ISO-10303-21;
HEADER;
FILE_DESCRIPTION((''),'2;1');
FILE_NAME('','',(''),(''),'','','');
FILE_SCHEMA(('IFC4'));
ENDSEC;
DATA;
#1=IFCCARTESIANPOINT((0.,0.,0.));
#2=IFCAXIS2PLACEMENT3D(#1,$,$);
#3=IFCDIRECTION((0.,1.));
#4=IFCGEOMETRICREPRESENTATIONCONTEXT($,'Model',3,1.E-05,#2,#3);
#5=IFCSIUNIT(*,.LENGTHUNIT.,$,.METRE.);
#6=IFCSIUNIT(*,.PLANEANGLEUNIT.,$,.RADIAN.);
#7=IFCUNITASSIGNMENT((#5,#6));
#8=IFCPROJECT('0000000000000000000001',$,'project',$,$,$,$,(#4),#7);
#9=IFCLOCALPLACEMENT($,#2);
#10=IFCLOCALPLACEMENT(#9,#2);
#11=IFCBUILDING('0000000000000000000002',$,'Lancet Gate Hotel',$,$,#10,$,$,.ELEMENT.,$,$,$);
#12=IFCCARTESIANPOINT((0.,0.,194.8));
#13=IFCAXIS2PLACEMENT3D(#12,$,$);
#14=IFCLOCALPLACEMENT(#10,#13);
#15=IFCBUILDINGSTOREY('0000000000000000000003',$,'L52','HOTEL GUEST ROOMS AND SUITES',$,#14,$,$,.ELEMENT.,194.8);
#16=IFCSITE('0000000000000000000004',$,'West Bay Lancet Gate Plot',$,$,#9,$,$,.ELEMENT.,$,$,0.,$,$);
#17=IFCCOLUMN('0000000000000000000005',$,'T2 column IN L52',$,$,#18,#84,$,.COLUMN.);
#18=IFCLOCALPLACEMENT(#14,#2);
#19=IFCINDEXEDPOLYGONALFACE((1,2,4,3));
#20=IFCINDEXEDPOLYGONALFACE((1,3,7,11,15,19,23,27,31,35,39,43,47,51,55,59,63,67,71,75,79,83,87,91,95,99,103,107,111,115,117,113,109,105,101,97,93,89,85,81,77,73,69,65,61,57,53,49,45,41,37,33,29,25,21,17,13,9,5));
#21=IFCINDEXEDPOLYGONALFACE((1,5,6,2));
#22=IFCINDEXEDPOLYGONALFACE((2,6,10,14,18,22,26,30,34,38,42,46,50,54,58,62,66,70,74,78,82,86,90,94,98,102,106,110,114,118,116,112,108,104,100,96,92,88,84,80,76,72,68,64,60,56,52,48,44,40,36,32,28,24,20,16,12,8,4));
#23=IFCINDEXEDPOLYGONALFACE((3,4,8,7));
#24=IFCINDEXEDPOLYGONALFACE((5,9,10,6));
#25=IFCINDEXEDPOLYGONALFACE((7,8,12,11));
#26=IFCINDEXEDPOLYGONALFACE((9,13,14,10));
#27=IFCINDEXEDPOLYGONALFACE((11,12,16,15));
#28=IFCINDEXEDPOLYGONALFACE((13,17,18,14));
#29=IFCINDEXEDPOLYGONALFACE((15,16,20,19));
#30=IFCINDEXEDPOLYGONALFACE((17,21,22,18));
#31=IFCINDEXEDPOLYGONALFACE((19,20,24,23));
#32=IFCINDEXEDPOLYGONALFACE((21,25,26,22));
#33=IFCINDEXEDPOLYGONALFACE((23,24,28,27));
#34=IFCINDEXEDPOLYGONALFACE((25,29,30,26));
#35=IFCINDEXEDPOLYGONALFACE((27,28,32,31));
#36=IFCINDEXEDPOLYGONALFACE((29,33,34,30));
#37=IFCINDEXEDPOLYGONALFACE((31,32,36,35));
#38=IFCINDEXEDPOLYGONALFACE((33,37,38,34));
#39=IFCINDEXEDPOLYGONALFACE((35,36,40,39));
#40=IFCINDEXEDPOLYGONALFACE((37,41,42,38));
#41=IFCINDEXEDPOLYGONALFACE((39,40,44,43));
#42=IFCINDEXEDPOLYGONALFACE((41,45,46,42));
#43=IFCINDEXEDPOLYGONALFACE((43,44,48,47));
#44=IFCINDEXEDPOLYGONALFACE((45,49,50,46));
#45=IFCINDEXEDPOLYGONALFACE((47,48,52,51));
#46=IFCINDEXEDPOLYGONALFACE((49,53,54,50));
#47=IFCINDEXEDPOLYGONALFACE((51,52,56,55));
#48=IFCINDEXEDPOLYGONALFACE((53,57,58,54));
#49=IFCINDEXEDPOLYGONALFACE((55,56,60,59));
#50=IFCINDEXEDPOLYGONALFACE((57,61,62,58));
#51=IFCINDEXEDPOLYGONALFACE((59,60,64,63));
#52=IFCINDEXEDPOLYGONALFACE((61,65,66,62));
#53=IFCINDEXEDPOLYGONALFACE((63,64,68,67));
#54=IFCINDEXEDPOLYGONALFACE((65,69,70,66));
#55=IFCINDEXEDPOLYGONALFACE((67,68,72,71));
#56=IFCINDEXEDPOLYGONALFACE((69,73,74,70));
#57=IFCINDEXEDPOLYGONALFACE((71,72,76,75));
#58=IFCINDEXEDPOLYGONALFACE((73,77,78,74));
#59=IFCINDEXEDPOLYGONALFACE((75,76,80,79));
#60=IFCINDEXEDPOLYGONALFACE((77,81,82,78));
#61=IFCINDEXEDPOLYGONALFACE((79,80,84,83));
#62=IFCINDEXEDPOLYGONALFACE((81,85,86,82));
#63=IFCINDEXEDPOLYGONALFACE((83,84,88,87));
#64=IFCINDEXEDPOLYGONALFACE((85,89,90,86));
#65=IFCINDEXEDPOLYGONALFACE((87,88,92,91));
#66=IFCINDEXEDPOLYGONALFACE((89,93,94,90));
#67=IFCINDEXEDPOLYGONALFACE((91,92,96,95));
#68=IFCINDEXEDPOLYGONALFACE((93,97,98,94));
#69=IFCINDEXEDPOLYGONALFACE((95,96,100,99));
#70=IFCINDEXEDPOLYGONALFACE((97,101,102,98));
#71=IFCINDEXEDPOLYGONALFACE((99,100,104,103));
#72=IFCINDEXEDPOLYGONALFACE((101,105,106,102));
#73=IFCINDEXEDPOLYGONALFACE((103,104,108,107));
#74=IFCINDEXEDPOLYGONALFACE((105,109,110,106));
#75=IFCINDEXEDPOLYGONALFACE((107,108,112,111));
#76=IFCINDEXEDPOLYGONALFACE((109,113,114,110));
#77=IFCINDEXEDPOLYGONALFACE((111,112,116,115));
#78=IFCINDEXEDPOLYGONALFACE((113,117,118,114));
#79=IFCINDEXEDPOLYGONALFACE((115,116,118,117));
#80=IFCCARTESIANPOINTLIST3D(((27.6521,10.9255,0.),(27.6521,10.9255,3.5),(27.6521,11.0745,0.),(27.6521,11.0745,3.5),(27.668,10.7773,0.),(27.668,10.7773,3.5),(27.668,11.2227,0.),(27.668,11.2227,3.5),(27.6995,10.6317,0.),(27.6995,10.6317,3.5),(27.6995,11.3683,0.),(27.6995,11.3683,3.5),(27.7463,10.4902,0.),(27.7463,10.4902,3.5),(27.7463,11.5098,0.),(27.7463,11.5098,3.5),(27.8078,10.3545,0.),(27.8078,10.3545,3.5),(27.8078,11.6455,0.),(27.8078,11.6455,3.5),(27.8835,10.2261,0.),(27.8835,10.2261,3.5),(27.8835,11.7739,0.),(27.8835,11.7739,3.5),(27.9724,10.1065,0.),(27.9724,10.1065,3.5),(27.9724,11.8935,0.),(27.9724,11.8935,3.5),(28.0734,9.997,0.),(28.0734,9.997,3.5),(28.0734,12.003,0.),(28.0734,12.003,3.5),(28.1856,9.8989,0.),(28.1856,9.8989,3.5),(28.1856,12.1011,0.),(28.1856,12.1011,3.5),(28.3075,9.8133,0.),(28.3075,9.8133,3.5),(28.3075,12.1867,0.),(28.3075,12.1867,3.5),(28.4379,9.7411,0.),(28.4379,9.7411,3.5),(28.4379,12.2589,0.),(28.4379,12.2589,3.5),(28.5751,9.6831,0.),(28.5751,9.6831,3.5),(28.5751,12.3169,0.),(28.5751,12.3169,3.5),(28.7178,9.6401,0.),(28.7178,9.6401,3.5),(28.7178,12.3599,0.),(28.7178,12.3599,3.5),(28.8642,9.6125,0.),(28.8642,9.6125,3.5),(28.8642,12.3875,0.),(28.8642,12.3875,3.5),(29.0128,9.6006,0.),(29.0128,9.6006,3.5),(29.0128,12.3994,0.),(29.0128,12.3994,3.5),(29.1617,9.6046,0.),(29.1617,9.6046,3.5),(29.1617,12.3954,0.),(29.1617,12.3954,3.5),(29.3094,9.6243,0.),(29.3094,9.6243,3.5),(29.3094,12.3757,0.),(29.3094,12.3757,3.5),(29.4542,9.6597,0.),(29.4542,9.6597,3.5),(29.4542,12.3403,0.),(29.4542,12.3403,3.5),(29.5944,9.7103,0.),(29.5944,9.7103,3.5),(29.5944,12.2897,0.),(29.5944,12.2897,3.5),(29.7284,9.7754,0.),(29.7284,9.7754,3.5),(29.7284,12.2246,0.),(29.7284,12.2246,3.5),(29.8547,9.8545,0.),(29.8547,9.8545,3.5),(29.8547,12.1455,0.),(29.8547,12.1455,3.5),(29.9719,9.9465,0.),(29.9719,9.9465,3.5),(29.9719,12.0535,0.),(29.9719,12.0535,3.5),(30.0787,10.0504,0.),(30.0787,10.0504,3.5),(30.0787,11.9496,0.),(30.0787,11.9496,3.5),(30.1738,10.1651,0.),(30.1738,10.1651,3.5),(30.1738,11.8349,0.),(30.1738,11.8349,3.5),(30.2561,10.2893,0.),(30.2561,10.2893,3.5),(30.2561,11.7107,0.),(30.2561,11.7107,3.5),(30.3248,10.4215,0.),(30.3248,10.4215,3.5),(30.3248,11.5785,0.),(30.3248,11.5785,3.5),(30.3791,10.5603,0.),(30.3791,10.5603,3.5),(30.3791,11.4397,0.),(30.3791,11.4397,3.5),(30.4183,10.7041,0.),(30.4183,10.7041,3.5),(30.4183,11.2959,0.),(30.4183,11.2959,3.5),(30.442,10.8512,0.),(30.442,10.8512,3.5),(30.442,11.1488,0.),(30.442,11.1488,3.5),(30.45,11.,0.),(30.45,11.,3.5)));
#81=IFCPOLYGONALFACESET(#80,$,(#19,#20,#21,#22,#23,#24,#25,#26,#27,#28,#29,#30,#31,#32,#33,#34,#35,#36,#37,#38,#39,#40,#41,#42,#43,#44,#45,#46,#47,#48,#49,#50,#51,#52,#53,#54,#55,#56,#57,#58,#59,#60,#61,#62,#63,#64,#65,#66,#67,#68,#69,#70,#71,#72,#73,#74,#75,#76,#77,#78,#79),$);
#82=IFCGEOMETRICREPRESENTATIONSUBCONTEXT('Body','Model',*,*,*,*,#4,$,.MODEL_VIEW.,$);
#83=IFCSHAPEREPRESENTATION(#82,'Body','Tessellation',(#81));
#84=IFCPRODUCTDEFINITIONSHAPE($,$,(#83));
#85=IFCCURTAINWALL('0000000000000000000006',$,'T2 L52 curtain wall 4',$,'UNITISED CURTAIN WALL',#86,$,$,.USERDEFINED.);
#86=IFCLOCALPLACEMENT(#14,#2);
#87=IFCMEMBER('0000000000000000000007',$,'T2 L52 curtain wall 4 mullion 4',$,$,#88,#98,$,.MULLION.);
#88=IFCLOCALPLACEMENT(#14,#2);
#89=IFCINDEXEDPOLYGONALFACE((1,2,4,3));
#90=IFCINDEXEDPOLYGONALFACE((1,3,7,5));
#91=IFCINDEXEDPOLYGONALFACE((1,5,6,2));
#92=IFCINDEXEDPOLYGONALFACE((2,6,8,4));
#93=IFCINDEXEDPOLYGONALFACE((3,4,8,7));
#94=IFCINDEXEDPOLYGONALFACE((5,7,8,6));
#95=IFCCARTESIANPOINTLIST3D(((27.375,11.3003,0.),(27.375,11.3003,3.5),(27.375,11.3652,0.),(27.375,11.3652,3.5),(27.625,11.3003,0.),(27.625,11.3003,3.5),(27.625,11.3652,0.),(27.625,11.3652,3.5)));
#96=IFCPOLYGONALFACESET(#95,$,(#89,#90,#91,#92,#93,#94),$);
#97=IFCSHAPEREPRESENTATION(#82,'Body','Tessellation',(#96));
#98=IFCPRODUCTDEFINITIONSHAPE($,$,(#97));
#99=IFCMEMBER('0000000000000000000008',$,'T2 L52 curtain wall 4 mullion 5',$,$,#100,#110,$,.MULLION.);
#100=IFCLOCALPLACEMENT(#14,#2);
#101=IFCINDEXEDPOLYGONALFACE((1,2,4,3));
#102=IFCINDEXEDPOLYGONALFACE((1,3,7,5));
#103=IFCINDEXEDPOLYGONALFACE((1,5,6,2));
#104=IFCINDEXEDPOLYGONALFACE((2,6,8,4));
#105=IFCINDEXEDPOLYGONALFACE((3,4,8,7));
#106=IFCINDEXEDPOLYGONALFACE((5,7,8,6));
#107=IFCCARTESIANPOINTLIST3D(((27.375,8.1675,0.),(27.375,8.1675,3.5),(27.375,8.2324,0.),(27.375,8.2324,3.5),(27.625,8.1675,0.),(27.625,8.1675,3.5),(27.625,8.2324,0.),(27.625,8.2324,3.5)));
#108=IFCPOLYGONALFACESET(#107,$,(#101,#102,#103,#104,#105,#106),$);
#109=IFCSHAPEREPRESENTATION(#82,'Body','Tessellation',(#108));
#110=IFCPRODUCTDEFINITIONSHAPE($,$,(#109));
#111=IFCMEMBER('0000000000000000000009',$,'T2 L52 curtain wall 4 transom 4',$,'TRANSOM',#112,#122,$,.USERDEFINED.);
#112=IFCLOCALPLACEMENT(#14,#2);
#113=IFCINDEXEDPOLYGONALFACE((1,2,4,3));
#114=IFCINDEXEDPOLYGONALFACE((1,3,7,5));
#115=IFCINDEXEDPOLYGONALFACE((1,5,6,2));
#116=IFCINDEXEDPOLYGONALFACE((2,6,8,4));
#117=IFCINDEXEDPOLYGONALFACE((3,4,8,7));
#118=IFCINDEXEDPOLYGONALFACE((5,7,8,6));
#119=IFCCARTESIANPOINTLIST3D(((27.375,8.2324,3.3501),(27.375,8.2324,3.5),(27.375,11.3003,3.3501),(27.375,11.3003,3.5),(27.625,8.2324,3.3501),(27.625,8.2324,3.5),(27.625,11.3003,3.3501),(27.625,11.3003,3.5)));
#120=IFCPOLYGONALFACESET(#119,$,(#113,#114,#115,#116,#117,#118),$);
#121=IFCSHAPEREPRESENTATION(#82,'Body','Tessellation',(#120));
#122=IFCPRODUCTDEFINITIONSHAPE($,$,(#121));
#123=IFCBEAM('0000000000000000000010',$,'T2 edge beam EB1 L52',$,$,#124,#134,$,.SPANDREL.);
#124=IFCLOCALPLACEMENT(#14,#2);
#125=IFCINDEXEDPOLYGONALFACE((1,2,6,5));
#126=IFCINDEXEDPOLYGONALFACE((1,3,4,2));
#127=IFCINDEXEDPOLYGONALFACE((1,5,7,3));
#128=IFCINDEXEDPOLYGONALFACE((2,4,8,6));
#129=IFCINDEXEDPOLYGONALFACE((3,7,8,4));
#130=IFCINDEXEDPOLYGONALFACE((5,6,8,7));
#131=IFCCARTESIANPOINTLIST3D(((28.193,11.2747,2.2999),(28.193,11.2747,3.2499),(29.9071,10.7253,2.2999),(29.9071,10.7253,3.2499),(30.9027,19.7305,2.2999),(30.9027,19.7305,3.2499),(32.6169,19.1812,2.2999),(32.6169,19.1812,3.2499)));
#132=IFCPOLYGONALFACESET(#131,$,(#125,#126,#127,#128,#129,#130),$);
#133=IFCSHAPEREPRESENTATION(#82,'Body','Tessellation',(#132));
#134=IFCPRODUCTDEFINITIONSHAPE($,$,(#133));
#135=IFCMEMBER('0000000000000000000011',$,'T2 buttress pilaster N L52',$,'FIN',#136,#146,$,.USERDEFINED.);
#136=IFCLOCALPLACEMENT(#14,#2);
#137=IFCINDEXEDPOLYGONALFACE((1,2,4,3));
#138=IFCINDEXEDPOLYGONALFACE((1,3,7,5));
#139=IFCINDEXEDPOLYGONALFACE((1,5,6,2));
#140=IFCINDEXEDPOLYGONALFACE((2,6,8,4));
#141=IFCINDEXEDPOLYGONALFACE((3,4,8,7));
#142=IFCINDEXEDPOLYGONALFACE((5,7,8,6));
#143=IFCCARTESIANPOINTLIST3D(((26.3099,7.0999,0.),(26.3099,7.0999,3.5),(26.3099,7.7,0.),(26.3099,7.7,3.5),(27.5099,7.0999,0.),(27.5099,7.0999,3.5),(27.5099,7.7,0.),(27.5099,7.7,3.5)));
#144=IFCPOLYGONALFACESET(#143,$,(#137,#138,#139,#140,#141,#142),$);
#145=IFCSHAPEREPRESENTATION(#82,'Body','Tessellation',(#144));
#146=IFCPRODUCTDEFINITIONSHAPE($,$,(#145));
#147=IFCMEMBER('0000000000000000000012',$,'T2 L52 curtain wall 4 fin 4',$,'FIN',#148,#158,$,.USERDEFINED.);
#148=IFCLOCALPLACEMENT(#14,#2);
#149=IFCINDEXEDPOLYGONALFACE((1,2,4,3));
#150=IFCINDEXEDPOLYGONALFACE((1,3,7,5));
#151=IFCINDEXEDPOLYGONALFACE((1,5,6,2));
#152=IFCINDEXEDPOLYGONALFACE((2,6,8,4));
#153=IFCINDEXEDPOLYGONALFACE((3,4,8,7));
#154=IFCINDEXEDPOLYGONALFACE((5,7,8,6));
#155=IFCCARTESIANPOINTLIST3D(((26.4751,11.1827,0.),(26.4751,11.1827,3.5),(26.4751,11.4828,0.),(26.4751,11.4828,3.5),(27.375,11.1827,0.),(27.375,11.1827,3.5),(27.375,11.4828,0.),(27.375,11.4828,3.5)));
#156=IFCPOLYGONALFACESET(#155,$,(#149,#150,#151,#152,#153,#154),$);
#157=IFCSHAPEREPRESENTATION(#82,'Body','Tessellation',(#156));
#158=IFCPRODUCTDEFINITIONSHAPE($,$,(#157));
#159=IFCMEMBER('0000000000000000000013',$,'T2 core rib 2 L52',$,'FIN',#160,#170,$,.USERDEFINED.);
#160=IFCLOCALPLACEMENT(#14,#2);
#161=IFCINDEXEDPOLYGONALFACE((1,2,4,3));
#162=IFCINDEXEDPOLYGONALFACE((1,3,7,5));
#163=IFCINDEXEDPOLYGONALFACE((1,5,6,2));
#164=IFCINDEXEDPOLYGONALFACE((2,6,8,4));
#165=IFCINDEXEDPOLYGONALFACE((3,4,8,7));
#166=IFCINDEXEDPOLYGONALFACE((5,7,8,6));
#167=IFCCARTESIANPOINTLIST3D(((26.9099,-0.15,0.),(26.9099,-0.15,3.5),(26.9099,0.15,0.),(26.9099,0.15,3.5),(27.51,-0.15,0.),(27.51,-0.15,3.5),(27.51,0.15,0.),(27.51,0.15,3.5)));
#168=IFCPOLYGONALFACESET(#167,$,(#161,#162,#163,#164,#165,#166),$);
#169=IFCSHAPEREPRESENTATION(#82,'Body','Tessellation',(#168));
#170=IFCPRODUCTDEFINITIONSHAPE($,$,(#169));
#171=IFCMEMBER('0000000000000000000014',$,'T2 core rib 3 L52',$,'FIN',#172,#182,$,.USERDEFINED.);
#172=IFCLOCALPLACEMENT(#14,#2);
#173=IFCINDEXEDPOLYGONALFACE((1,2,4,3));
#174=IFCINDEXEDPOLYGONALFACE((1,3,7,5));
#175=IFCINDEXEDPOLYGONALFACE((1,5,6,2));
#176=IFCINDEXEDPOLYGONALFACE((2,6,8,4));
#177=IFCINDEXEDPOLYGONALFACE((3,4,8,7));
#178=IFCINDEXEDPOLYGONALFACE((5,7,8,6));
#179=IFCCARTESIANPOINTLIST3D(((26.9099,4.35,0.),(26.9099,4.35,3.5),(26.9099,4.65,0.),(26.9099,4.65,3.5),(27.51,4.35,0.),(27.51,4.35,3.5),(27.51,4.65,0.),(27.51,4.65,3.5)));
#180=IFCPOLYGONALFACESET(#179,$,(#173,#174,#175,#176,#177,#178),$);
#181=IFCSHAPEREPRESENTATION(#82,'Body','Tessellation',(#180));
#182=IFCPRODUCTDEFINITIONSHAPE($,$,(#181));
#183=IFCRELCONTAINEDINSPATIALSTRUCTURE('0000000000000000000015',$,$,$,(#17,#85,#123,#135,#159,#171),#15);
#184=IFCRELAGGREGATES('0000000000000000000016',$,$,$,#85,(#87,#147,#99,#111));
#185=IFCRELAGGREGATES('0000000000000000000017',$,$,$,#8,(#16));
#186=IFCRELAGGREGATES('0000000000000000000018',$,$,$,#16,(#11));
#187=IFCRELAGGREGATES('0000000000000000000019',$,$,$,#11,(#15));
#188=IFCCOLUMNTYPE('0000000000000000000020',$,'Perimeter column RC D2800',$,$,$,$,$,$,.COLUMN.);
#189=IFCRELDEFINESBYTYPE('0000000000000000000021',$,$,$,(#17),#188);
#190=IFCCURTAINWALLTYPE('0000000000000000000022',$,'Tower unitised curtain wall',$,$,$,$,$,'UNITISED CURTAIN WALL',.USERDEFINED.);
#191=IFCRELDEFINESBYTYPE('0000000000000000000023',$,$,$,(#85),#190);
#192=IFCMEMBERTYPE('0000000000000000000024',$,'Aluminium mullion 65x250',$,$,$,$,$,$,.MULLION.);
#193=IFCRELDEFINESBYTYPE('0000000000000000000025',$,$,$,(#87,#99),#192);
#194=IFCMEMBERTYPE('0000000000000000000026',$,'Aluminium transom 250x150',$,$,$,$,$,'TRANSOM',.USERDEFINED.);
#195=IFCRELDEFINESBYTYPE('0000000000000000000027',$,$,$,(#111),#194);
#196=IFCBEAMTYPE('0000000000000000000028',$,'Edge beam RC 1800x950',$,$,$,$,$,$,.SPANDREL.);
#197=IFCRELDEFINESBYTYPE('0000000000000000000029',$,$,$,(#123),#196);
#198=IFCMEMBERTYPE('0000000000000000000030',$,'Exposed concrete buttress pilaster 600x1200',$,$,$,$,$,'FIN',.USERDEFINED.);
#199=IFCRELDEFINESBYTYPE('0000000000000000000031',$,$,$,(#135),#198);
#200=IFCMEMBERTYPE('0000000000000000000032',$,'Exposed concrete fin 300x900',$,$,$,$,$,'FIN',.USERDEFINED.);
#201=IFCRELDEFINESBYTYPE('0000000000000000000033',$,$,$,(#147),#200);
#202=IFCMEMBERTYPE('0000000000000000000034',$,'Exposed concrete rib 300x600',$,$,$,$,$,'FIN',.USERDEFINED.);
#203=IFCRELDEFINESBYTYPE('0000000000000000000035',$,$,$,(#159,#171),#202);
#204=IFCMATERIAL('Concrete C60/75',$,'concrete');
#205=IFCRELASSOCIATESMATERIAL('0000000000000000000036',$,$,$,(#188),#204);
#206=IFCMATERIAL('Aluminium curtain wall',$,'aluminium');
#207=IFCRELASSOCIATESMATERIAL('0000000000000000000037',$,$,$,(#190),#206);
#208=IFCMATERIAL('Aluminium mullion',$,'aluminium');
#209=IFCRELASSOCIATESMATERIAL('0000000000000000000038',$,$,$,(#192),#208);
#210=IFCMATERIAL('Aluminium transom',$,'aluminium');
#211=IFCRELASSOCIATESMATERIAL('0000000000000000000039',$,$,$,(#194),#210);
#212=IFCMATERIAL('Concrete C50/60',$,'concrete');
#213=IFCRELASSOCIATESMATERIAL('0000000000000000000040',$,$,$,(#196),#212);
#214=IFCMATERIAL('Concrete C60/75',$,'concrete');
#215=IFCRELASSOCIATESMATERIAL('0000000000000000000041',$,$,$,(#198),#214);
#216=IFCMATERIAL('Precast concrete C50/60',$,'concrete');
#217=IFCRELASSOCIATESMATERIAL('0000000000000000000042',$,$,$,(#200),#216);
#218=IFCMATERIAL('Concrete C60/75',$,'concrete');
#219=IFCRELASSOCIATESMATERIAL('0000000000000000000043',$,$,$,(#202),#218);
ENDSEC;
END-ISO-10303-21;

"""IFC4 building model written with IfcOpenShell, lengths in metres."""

from ifc_helpers import new_model, si_unit, direction, frame, origin, origin_2d, place, context, subcontext, project, spatial, rectangle, circle, extrude, material, material_profile, profile_set, type_object, element, aggregate, save


model = new_model("IFC4")

# Units and contexts
model_context = context("Model", 3, precision=1e-05, world=origin(), true_north=direction((0.0, 1.0)))
body_context = subcontext(model_context, "Body", "Model", "MODEL_VIEW")
ifc_project = project(units=[si_unit("LENGTHUNIT", "METRE"), si_unit("PLANEANGLEUNIT", "RADIAN")], contexts=[model_context])

# Site, building, storey
site_placement = place(None, origin())
site = spatial("IfcSite", under=ifc_project, at=site_placement, Name="West Bay Lancet Gate Plot", CompositionType="ELEMENT", RefElevation=0.0)
building_placement = place(site_placement, origin())
building = spatial("IfcBuilding", under=site, at=building_placement, Name="Lancet Gate Hotel", CompositionType="ELEMENT")
storey_placement = place(building_placement, frame((0.0, 0.0, 194.8)))
storey = spatial("IfcBuildingStorey", under=building, at=storey_placement, Name="L52", Description="HOTEL GUEST ROOMS AND SUITES", CompositionType="ELEMENT", Elevation=194.8)

# Column
ifc_material_1 = material(Name="Concrete C60/75", Category="concrete")
ifc_material_profile_1 = material_profile(ifc_material_1, circle(Radius=1.3999, at=origin_2d()), Name="RC D2800")
ifc_profile_set_1 = profile_set([ifc_material_profile_1], Name="Concrete C60/75")
column_type = type_object("IfcColumnType", Name="Perimeter column RC D2800", PredefinedType="COLUMN", material=ifc_profile_set_1)
column_placement = place(storey_placement, frame((29.05, 11.0, 0.0), z_axis=(0.0, 0.0, 1.0), x_axis=(1.0, 0.0, 0.0)))
element("IfcColumn", 1, at=column_placement, inside=storey, type_object=column_type, Name="T2 column IN L52", PredefinedType="COLUMN", context=body_context, shape_type="SweptSolid", body=[
    extrude(circle(Radius=1.3999, at=origin_2d()), origin(), (0.0, 0.0, 1.0), 3.5),
])

# Curtain wall, members
ifc_material_2 = material(Name="Aluminium curtain wall", Category="aluminium")
curtain_wall_type = type_object("IfcCurtainWallType", Name="Tower unitised curtain wall", ElementType="UNITISED CURTAIN WALL", PredefinedType="USERDEFINED", material=ifc_material_2)
curtain_wall_placement = place(storey_placement, origin())
curtain_wall = element("IfcCurtainWall", 2, at=curtain_wall_placement, inside=storey, type_object=curtain_wall_type, Name="T2 L52 curtain wall 4", ObjectType="UNITISED CURTAIN WALL", PredefinedType="USERDEFINED")
ifc_material_3 = material(Name="Aluminium mullion", Category="aluminium")
ifc_material_profile_2 = material_profile(ifc_material_3, rectangle(XDim=0.0649, YDim=0.25, at=origin_2d()), Name="MULLION 65x250")
ifc_profile_set_2 = profile_set([ifc_material_profile_2], Name="Aluminium mullion")
member_type_1 = type_object("IfcMemberType", Name="Aluminium mullion 65x250", PredefinedType="MULLION", material=ifc_profile_set_2)
member_1_placement = place(storey_placement, frame((27.5, 11.3328, 0.0), z_axis=(0.0, 0.0, 1.0), x_axis=(0.0, -1.0, 0.0)))
member_1 = element("IfcMember", 3, at=member_1_placement, type_object=member_type_1, Name="T2 L52 curtain wall 4 mullion 4", PredefinedType="MULLION", context=body_context, shape_type="SweptSolid", body=[
    extrude(rectangle(XDim=0.0649, YDim=0.25, at=origin_2d()), origin(), (0.0, 0.0, 1.0), 3.5),
])
member_2_placement = place(storey_placement, frame((27.5, 8.2, 0.0), z_axis=(0.0, 0.0, 1.0), x_axis=(0.0, -1.0, 0.0)))
member_2 = element("IfcMember", 4, at=member_2_placement, type_object=member_type_1, Name="T2 L52 curtain wall 4 mullion 5", PredefinedType="MULLION", context=body_context, shape_type="SweptSolid", body=[
    extrude(rectangle(XDim=0.0649, YDim=0.25, at=origin_2d()), origin(), (0.0, 0.0, 1.0), 3.5),
])
ifc_material_4 = material(Name="Aluminium transom", Category="aluminium")
ifc_material_profile_3 = material_profile(ifc_material_4, rectangle(XDim=0.25, YDim=0.1499, at=origin_2d()), Name="TRANSOM 250x150")
ifc_profile_set_3 = profile_set([ifc_material_profile_3], Name="Aluminium transom")
member_type_2 = type_object("IfcMemberType", Name="Aluminium transom 250x150", ElementType="TRANSOM", PredefinedType="USERDEFINED", material=ifc_profile_set_3)
member_3_placement = place(storey_placement, frame((27.5, 11.3003, 3.425), z_axis=(0.0, -1.0, 0.0), x_axis=(1.0, 0.0, 0.0)))
member_3 = element("IfcMember", 5, at=member_3_placement, type_object=member_type_2, Name="T2 L52 curtain wall 4 transom 4", ObjectType="TRANSOM", PredefinedType="USERDEFINED", context=body_context, shape_type="SweptSolid", body=[
    extrude(rectangle(XDim=0.25, YDim=0.1499, at=origin_2d()), origin(), (0.0, 0.0, 1.0), 3.0679),
])

# Beam
ifc_material_5 = material(Name="Concrete C50/60", Category="concrete")
ifc_material_profile_4 = material_profile(ifc_material_5, rectangle(XDim=1.8, YDim=0.95, at=origin_2d()), Name="RC 1800x950")
ifc_profile_set_4 = profile_set([ifc_material_profile_4], Name="Concrete C50/60")
beam_type = type_object("IfcBeamType", Name="Edge beam RC 1800x950", PredefinedType="SPANDREL", material=ifc_profile_set_4)
beam_placement = place(storey_placement, frame((29.05, 11.0, 2.7749), z_axis=(0.30517, 0.952298, 0.0), x_axis=(-0.952298, 0.30517, 0.0)))
element("IfcBeam", 6, at=beam_placement, inside=storey, type_object=beam_type, Name="T2 edge beam EB1 L52", PredefinedType="SPANDREL", context=body_context, shape_type="SweptSolid", body=[
    extrude(rectangle(XDim=1.8, YDim=0.95, at=origin_2d()), origin(), (0.0, 0.0, 1.0), 8.8794),
])

# Members
ifc_material_6 = material(Name="Concrete C60/75", Category="concrete")
ifc_material_profile_5 = material_profile(ifc_material_6, rectangle(XDim=0.6001, YDim=1.2, at=origin_2d()), Name="FIN 600x1200")
ifc_profile_set_5 = profile_set([ifc_material_profile_5], Name="Concrete C60/75")
member_type_3 = type_object("IfcMemberType", Name="Exposed concrete buttress pilaster 600x1200", ElementType="FIN", PredefinedType="USERDEFINED", material=ifc_profile_set_5)
member_4_placement = place(storey_placement, frame((26.9099, 7.3999, 0.0), z_axis=(0.0, 0.0, 1.0), x_axis=(0.0, 1.0, 0.0)))
element("IfcMember", 7, at=member_4_placement, inside=storey, type_object=member_type_3, Name="T2 buttress pilaster N L52", ObjectType="FIN", PredefinedType="USERDEFINED", context=body_context, shape_type="SweptSolid", body=[
    extrude(rectangle(XDim=0.6001, YDim=1.2, at=origin_2d()), origin(), (0.0, 0.0, 1.0), 3.5),
])
ifc_material_7 = material(Name="Precast concrete C50/60", Category="concrete")
ifc_material_profile_6 = material_profile(ifc_material_7, rectangle(XDim=0.3, YDim=0.8999, at=origin_2d()), Name="FIN 300x900")
ifc_profile_set_6 = profile_set([ifc_material_profile_6], Name="Precast concrete C50/60")
member_type_4 = type_object("IfcMemberType", Name="Exposed concrete fin 300x900", ElementType="FIN", PredefinedType="USERDEFINED", material=ifc_profile_set_6)
member_5_placement = place(storey_placement, frame((26.925, 11.3328, 0.0), z_axis=(0.0, 0.0, 1.0), x_axis=(0.0, -1.0, 0.0)))
member_5 = element("IfcMember", 8, at=member_5_placement, type_object=member_type_4, Name="T2 L52 curtain wall 4 fin 4", ObjectType="FIN", PredefinedType="USERDEFINED", context=body_context, shape_type="SweptSolid", body=[
    extrude(rectangle(XDim=0.3, YDim=0.8999, at=origin_2d()), origin(), (0.0, 0.0, 1.0), 3.5),
])

# Members
ifc_material_8 = material(Name="Concrete C60/75", Category="concrete")
ifc_material_profile_7 = material_profile(ifc_material_8, rectangle(XDim=0.3, YDim=0.6001, at=origin_2d()), Name="FIN 300x600")
ifc_profile_set_7 = profile_set([ifc_material_profile_7], Name="Concrete C60/75")
member_type_5 = type_object("IfcMemberType", Name="Exposed concrete rib 300x600", ElementType="FIN", PredefinedType="USERDEFINED", material=ifc_profile_set_7)
for number, where, z_axis, x_axis, name in (
    (9, (27.21, 0.0, 0.0), (0.0, 0.0, 1.0), (0.0, 1.0, 0.0), "T2 core rib 2 L52"),
    (10, (27.21, 4.5, 0.0), (0.0, 0.0, 1.0), (0.0, 1.0, 0.0), "T2 core rib 3 L52"),
):
    element("IfcMember", number, at=place(storey_placement, frame(where, z_axis=z_axis, x_axis=x_axis)), inside=storey, type_object=member_type_5, Name=name, ObjectType="FIN", PredefinedType="USERDEFINED", context=body_context, shape_type="SweptSolid", body=[
        extrude(rectangle(XDim=0.3, YDim=0.6001, at=origin_2d()), origin(), (0.0, 0.0, 1.0), 3.5),
    ])

aggregate(curtain_wall, [member_1, member_5, member_2, member_3])

save(model, "model.ifc")
